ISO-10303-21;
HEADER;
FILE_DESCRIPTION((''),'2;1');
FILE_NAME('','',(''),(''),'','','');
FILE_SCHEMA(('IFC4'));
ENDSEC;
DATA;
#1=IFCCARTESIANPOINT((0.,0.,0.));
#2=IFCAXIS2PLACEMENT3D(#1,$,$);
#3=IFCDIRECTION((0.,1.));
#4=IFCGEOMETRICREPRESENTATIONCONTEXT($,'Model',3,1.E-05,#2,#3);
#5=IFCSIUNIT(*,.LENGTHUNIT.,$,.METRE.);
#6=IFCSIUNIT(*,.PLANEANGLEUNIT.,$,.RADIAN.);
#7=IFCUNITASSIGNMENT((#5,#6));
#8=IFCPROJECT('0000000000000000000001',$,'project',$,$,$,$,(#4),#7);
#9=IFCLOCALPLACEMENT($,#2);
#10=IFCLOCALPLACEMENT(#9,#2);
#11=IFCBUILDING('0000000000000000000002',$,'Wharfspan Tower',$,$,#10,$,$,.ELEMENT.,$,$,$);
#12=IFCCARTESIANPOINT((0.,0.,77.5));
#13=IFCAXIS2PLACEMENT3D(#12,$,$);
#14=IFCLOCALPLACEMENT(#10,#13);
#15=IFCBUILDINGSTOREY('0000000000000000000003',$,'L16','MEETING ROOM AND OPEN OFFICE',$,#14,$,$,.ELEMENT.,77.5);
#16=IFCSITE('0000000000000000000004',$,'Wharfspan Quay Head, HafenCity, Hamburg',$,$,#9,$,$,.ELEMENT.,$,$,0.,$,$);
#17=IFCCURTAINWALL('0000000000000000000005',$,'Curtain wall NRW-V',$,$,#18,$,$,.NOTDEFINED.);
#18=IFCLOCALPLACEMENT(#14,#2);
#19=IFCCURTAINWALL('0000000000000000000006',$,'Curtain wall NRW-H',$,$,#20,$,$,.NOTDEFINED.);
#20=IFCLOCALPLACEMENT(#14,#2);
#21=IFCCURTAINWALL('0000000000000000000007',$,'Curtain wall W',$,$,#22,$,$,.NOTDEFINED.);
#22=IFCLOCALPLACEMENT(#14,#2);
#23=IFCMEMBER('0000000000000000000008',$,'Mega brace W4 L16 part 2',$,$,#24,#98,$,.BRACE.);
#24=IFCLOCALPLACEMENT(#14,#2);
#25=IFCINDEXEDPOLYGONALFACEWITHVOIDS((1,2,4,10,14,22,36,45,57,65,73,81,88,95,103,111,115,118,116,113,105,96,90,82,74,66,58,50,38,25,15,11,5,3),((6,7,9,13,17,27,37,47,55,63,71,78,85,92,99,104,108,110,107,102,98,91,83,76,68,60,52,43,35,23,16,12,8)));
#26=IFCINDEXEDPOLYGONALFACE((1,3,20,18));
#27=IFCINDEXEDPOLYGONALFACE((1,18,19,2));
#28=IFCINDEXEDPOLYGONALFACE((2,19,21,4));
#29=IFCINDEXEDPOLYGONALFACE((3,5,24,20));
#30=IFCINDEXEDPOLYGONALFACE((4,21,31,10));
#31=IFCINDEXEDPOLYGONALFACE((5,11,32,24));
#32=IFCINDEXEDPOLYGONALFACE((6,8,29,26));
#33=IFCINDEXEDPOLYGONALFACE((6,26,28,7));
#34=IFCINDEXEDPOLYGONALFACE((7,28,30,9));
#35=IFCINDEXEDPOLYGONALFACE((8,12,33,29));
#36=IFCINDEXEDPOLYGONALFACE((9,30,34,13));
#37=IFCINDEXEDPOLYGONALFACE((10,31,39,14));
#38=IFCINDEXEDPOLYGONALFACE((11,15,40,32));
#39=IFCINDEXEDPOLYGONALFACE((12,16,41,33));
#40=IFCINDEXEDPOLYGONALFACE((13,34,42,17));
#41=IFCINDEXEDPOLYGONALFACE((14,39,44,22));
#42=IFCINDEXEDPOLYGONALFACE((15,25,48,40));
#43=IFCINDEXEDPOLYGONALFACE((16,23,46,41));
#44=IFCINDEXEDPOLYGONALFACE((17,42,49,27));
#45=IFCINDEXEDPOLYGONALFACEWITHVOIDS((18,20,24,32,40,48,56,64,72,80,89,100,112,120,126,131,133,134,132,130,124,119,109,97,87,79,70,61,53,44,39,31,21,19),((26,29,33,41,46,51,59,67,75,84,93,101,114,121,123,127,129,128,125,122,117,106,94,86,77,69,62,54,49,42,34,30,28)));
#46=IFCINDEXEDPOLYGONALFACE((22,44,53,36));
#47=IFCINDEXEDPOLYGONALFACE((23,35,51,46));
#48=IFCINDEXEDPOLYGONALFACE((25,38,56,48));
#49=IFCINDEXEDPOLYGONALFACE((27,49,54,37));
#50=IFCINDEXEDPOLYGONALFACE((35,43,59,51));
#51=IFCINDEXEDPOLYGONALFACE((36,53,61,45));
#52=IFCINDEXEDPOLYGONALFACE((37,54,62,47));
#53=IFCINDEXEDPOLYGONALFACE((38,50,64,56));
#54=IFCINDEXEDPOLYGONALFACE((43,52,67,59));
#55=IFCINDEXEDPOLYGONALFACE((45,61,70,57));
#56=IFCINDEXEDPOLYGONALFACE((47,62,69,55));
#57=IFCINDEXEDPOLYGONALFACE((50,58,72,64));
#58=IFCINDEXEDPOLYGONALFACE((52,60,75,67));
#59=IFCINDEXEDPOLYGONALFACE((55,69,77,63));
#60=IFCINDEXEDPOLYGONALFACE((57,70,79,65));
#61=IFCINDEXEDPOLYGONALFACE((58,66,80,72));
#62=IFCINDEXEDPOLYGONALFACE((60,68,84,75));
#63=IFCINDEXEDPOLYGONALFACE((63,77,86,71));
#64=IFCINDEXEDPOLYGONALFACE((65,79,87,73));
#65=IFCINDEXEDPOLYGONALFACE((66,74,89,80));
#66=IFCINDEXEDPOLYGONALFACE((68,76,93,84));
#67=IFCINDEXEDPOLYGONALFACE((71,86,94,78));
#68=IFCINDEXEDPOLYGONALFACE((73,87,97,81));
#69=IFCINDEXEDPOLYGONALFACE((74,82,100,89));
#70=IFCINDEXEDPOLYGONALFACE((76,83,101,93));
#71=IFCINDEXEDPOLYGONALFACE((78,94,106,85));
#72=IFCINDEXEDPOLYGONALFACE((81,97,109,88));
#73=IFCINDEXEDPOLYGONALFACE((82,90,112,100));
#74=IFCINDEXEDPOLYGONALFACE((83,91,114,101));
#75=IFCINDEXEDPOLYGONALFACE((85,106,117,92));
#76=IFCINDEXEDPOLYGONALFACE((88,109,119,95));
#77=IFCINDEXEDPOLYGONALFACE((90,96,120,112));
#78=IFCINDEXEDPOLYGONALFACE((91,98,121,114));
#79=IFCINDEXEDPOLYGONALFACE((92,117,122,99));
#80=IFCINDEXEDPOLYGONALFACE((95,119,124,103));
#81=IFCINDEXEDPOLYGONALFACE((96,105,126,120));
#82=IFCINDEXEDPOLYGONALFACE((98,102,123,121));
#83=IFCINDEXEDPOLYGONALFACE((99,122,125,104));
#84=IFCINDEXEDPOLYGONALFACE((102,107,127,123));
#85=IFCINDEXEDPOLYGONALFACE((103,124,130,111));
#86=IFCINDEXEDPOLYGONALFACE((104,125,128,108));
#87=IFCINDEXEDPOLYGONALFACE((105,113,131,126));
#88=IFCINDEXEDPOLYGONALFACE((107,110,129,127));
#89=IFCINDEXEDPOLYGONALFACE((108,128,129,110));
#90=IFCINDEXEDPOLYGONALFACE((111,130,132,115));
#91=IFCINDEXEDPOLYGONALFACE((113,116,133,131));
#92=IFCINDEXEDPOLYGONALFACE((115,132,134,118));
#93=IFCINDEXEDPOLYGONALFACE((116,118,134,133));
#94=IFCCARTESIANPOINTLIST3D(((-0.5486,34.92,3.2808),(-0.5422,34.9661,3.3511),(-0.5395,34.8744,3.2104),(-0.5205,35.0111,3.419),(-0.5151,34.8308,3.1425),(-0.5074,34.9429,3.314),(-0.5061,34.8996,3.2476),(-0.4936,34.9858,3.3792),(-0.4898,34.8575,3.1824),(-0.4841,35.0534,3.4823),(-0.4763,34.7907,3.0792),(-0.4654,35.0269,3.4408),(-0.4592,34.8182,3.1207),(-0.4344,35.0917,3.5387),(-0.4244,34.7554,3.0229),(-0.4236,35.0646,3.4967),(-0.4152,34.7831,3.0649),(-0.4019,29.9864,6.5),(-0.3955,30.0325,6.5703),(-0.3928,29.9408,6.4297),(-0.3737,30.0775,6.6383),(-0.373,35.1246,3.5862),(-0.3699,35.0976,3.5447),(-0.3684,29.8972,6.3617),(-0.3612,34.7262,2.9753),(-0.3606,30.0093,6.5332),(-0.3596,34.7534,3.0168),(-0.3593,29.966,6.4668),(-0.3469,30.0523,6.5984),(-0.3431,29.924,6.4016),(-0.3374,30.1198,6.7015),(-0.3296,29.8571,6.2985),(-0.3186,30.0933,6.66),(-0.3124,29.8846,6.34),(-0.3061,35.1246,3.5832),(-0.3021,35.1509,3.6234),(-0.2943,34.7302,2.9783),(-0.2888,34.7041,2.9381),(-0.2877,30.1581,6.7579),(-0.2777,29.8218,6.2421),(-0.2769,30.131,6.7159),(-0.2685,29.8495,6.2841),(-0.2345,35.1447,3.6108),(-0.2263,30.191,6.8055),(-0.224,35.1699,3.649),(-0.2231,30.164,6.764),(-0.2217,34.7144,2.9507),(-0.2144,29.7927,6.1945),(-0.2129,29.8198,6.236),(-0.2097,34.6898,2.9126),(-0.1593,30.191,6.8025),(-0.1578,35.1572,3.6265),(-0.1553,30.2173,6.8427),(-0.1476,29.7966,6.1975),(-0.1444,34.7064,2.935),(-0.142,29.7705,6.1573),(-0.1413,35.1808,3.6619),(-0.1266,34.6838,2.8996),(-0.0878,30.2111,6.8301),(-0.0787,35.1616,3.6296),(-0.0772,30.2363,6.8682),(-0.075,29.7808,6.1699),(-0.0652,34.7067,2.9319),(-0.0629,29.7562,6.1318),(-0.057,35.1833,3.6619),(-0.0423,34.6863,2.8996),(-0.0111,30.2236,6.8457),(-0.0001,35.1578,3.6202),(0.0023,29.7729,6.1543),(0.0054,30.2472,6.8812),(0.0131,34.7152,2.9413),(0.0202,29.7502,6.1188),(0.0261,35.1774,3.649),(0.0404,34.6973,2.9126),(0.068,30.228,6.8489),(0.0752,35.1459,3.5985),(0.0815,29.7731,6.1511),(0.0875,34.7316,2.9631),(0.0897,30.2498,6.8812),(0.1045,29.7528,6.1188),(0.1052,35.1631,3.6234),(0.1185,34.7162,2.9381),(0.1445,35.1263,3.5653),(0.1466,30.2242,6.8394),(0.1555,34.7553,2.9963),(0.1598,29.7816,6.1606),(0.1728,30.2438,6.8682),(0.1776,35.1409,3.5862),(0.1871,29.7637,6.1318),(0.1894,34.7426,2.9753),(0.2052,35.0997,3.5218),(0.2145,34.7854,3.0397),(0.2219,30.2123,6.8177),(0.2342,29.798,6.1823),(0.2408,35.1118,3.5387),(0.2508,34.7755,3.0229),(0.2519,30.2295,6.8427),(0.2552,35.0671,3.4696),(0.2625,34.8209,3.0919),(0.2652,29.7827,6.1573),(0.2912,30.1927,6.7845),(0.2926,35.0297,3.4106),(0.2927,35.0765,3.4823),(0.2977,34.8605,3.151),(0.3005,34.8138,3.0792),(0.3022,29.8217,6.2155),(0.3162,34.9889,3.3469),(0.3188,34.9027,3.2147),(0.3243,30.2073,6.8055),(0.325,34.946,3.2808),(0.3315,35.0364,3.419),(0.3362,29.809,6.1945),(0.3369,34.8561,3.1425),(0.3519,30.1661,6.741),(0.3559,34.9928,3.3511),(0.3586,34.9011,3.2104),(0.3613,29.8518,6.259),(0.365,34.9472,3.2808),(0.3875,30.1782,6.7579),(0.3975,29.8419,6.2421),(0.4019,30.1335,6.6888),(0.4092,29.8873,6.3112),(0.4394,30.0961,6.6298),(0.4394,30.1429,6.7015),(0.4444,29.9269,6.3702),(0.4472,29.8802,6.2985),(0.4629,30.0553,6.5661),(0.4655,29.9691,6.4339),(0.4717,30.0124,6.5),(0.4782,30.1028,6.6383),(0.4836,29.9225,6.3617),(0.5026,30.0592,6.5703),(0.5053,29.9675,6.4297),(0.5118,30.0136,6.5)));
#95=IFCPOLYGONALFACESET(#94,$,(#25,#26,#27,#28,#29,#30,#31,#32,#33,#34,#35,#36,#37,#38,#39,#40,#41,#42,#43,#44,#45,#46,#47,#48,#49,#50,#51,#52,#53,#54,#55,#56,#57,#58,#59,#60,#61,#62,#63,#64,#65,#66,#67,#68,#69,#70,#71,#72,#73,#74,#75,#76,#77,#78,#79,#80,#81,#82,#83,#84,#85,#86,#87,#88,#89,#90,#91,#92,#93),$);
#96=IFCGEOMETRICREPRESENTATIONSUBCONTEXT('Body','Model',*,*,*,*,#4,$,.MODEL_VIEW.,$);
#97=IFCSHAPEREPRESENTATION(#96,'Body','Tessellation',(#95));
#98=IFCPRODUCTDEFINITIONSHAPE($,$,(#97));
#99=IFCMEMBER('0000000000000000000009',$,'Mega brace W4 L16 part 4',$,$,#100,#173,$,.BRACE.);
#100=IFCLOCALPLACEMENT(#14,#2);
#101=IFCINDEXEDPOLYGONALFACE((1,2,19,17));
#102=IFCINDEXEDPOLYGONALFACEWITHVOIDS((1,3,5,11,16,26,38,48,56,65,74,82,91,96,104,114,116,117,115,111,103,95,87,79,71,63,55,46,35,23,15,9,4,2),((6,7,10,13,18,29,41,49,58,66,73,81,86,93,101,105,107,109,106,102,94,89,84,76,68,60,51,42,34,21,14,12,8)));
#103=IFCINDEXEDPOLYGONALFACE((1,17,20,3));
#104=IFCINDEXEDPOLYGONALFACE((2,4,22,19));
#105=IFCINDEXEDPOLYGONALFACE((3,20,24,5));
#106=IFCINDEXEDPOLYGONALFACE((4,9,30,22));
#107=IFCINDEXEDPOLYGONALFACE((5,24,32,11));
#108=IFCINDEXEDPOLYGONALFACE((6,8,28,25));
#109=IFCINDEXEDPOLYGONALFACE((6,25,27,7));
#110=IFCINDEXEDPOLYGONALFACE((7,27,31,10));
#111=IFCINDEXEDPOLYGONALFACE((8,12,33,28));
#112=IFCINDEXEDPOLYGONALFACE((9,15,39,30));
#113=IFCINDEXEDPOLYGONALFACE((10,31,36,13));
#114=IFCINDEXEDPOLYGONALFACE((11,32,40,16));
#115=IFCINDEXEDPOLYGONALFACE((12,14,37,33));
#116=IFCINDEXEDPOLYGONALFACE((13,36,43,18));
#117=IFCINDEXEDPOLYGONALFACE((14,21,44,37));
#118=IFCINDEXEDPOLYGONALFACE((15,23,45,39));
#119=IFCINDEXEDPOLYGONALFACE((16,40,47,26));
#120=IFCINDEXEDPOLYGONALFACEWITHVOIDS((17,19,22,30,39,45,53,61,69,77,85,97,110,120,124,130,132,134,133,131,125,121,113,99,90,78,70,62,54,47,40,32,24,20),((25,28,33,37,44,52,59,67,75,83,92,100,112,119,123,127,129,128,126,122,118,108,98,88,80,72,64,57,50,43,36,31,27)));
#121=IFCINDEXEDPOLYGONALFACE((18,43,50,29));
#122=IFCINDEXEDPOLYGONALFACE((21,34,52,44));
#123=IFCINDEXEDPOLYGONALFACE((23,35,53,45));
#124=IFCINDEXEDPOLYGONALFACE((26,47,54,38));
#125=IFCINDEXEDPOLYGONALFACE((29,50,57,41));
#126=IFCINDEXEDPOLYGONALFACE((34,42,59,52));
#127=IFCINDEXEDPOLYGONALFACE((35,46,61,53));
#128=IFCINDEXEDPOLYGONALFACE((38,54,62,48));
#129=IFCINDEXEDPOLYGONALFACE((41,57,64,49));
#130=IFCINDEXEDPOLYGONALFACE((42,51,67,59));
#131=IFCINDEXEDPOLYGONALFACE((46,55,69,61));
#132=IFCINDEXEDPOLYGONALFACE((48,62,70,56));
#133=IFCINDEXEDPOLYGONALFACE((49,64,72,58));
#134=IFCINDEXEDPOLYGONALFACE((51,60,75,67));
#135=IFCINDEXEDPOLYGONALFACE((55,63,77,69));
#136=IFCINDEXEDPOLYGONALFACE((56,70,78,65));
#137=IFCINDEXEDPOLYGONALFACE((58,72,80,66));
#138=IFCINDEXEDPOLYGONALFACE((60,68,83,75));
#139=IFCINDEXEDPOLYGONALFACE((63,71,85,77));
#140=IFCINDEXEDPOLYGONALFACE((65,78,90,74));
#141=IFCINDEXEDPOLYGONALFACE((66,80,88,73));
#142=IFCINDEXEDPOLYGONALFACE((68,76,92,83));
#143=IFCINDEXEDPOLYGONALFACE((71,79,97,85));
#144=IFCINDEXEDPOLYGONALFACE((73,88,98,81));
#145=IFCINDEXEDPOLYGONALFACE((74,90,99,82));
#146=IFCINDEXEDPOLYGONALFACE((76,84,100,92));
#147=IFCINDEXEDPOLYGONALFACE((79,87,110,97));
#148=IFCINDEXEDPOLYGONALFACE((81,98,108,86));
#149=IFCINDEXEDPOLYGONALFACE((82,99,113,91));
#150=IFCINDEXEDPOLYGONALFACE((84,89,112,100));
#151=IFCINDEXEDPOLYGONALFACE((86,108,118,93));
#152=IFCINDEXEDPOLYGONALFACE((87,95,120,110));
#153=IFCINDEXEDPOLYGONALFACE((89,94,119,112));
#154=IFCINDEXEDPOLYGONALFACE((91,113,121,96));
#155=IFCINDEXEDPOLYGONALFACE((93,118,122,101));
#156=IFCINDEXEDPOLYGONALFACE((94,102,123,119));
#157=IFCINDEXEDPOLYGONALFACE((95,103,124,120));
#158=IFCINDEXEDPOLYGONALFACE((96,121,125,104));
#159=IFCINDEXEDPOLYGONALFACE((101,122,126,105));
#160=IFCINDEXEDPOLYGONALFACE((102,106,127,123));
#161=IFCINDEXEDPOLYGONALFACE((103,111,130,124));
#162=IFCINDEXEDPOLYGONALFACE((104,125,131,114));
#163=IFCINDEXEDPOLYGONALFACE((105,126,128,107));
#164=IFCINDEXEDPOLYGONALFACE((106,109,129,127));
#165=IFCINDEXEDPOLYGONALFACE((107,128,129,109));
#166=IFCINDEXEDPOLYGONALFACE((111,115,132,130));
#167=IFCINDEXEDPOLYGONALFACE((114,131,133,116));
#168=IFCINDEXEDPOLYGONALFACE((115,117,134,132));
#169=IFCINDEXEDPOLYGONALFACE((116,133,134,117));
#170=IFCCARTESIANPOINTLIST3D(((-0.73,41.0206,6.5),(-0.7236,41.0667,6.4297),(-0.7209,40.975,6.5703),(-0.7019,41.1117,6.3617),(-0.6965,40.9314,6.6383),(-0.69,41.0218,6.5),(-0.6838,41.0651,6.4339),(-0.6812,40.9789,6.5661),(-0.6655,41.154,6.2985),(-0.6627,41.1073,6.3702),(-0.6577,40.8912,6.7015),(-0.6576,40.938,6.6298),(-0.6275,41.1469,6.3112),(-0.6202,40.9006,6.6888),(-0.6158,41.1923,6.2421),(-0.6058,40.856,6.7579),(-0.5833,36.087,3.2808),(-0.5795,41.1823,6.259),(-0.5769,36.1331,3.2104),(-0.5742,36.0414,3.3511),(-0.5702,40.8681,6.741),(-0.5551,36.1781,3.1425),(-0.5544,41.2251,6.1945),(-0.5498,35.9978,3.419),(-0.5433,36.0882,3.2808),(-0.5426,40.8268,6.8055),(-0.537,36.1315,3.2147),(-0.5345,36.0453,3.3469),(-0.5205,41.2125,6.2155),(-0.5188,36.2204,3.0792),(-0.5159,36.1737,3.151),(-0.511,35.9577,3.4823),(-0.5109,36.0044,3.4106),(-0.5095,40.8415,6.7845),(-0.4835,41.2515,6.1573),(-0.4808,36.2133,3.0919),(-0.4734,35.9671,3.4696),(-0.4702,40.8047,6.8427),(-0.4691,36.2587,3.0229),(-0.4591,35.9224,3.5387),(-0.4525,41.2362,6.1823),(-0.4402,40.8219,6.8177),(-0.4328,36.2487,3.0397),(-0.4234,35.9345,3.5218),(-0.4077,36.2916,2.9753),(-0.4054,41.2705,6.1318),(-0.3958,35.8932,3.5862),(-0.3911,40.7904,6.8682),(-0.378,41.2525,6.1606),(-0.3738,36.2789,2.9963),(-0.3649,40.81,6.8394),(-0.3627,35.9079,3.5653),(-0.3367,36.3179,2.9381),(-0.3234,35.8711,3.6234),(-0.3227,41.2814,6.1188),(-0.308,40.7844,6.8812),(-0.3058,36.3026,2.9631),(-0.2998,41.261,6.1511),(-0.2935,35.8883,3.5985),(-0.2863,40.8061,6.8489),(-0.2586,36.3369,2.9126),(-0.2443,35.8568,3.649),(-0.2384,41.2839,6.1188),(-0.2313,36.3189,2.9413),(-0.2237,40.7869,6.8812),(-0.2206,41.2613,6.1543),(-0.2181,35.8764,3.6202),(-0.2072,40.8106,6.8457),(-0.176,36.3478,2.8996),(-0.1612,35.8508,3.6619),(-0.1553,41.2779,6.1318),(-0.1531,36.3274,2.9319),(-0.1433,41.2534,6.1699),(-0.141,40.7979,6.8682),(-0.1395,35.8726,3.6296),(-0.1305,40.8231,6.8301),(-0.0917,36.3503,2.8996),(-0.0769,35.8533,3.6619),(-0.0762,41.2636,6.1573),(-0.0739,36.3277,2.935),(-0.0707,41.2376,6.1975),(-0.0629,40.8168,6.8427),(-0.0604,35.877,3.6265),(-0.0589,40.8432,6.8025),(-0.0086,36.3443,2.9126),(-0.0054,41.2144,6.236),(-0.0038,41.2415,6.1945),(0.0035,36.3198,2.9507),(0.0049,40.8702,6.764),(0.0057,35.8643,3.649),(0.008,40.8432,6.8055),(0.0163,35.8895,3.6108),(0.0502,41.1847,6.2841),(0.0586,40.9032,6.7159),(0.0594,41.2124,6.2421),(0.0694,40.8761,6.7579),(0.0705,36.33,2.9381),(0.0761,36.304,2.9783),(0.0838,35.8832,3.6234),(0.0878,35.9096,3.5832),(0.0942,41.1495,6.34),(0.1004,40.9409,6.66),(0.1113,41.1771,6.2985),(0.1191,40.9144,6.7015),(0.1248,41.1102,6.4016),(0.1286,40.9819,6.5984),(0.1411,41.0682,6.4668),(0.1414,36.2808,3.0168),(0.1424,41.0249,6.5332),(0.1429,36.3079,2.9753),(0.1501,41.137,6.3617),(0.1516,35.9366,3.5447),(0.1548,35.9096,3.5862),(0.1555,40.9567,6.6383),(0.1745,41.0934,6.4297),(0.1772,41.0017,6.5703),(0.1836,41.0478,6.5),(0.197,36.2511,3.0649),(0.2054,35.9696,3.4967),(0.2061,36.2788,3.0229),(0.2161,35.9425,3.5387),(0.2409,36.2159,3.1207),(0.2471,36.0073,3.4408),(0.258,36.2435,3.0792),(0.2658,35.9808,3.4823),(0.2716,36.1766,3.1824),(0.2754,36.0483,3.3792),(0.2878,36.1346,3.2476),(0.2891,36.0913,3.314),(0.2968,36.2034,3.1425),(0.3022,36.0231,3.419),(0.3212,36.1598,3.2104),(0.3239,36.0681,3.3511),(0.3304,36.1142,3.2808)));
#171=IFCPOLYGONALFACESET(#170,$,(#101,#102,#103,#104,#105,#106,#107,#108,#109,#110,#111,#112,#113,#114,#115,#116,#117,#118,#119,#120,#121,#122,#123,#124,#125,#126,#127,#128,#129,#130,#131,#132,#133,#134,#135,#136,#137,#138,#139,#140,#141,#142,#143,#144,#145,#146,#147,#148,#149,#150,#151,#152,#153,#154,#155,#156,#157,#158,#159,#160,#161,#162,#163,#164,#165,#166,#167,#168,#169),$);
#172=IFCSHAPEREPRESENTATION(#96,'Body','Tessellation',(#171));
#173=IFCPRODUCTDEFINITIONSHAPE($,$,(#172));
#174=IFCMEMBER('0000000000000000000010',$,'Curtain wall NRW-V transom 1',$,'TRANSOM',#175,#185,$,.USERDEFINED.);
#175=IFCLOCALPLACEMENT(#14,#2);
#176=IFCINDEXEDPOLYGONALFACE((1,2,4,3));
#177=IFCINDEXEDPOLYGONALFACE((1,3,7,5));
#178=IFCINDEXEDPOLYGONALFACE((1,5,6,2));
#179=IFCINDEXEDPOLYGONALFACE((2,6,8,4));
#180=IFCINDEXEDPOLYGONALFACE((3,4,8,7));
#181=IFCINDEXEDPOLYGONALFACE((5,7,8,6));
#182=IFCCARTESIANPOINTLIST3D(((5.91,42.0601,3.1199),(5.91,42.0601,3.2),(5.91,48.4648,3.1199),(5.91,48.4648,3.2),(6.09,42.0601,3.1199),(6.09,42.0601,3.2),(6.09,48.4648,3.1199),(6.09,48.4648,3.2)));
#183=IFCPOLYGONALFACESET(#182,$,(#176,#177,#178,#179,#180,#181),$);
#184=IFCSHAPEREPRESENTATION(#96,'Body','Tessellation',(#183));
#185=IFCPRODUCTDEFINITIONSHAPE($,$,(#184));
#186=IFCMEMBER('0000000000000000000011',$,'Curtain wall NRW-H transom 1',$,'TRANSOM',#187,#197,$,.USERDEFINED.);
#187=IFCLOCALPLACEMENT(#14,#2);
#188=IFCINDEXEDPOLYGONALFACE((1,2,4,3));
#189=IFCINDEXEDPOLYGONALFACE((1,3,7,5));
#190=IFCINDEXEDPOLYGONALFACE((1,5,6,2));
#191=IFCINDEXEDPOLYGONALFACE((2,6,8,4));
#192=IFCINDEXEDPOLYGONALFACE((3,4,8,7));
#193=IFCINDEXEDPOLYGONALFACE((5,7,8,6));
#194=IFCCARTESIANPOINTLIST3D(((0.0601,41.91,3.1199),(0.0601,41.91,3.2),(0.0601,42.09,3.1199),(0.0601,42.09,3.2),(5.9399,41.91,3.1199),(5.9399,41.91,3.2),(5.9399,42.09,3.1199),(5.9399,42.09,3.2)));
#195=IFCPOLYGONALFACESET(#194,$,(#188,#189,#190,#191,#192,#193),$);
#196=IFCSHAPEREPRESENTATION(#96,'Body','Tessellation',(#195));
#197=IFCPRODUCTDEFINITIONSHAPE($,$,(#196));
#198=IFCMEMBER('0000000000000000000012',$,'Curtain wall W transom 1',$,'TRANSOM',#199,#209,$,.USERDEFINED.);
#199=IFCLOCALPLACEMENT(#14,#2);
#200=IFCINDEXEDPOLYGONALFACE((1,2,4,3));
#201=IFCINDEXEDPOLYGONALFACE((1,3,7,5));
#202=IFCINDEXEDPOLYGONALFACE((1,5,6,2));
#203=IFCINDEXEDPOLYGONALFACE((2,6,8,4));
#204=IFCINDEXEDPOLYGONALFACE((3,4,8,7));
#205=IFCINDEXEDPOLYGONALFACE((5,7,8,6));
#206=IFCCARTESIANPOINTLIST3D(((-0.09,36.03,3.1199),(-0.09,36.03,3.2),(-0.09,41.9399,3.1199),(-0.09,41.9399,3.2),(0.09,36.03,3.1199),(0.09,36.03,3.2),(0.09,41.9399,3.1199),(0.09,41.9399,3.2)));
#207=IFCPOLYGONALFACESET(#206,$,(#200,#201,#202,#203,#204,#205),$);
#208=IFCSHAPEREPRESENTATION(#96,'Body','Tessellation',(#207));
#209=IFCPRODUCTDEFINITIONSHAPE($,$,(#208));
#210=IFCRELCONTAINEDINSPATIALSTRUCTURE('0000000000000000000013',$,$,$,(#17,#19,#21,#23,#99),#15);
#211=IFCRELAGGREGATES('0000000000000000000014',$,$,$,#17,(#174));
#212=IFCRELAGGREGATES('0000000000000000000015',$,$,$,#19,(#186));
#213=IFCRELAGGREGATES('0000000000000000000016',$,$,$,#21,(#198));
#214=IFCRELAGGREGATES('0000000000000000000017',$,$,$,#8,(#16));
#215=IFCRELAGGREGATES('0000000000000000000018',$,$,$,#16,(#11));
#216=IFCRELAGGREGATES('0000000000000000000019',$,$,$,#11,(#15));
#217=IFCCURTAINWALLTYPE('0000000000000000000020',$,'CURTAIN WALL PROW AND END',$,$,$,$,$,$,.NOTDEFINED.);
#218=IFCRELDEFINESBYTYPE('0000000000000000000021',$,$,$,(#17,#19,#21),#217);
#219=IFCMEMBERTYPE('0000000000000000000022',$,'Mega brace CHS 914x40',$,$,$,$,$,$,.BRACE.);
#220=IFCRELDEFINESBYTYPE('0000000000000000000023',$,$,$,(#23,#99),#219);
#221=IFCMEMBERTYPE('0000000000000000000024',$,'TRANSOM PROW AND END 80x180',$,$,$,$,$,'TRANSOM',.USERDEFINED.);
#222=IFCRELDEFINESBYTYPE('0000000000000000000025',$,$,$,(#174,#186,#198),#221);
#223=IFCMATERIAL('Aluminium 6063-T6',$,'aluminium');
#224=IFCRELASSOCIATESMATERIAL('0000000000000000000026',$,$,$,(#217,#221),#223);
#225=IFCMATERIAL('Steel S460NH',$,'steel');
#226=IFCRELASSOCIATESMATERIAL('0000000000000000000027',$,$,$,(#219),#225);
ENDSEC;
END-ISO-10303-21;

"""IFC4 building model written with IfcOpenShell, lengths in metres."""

from ifc_helpers import new_model, si_unit, direction, frame, origin, origin_2d, place, context, subcontext, project, spatial, rectangle, hollow_circle, extrude, material, material_profile, profile_set, type_object, element, aggregate, save


model = new_model("IFC4")

# Units and contexts
model_context = context("Model", 3, precision=1e-05, world=origin(), true_north=direction((0.0, 1.0)))
body_context = subcontext(model_context, "Body", "Model", "MODEL_VIEW")
ifc_project = project(units=[si_unit("LENGTHUNIT", "METRE"), si_unit("PLANEANGLEUNIT", "RADIAN")], contexts=[model_context])

# Site, building, storey
site_placement = place(None, origin())
site = spatial("IfcSite", under=ifc_project, at=site_placement, Name="Wharfspan Quay Head, HafenCity, Hamburg", CompositionType="ELEMENT", RefElevation=0.0)
building_placement = place(site_placement, origin())
building = spatial("IfcBuilding", under=site, at=building_placement, Name="Wharfspan Tower", CompositionType="ELEMENT")
storey_placement = place(building_placement, frame((0.0, 0.0, 77.5)))
storey = spatial("IfcBuildingStorey", under=building, at=storey_placement, Name="L16", Description="MEETING ROOM AND OPEN OFFICE", CompositionType="ELEMENT", Elevation=77.5)

# Curtain walls
ifc_material_1 = material(Name="Aluminium 6063-T6", Category="aluminium")
curtain_wall_type = type_object("IfcCurtainWallType", Name="CURTAIN WALL PROW AND END", PredefinedType="NOTDEFINED", material=ifc_material_1)
curtain_wall_1_placement = place(storey_placement, origin())
curtain_wall_1 = element("IfcCurtainWall", 1, at=curtain_wall_1_placement, inside=storey, type_object=curtain_wall_type, Name="Curtain wall NRW-V", PredefinedType="NOTDEFINED")
curtain_wall_2_placement = place(storey_placement, origin())
curtain_wall_2 = element("IfcCurtainWall", 2, at=curtain_wall_2_placement, inside=storey, type_object=curtain_wall_type, Name="Curtain wall NRW-H", PredefinedType="NOTDEFINED")
curtain_wall_3_placement = place(storey_placement, origin())
curtain_wall_3 = element("IfcCurtainWall", 3, at=curtain_wall_3_placement, inside=storey, type_object=curtain_wall_type, Name="Curtain wall W", PredefinedType="NOTDEFINED")

# Members
ifc_material_2 = material(Name="Steel S460NH", Category="steel")
ifc_material_profile_1 = material_profile(ifc_material_2, hollow_circle(Radius=0.457, WallThickness=0.04, at=origin_2d()))
ifc_profile_set_1 = profile_set([ifc_material_profile_1], Name="Steel S460NH")
member_type_1 = type_object("IfcMemberType", Name="Mega brace CHS 914x40", PredefinedType="BRACE", material=ifc_profile_set_1)
for number, where, z_axis, x_axis, name in (
    (4, (-0.0918, 34.9336, 3.2808), (0.0249, -0.837221, 0.546298), (0.999556, 0.02973, 0.000003), "Mega brace W4 L16 part 2"),
    (5, (-0.1265, 36.1006, 3.2808), (-0.0249, 0.837221, 0.546298), (-0.999556, -0.02973, 0.000003), "Mega brace W4 L16 part 4"),
):
    element("IfcMember", number, at=place(storey_placement, frame(where, z_axis=z_axis, x_axis=x_axis)), inside=storey, type_object=member_type_1, Name=name, PredefinedType="BRACE", context=body_context, shape_type="SweptSolid", body=[
        extrude(hollow_circle(Radius=0.457, WallThickness=0.04, at=origin_2d()), origin(), (0.0, 0.0, 1.0), 5.8928),
    ])

# Members
ifc_material_profile_2 = material_profile(ifc_material_1, rectangle(XDim=0.1799, YDim=0.0801, at=origin_2d()))
ifc_profile_set_2 = profile_set([ifc_material_profile_2], Name="Aluminium 6063-T6")
member_type_2 = type_object("IfcMemberType", Name="TRANSOM PROW AND END 80x180", ElementType="TRANSOM", PredefinedType="USERDEFINED", material=ifc_profile_set_2)
member_1_placement = place(storey_placement, frame((6.0, 48.4648, 3.1599), z_axis=(0.0, -1.0, 0.0), x_axis=(1.0, 0.0, 0.0)))
member_1 = element("IfcMember", 6, at=member_1_placement, type_object=member_type_2, Name="Curtain wall NRW-V transom 1", ObjectType="TRANSOM", PredefinedType="USERDEFINED", context=body_context, shape_type="SweptSolid", body=[
    extrude(rectangle(XDim=0.1799, YDim=0.0801, at=origin_2d()), origin(), (0.0, 0.0, 1.0), 6.4048),
])
member_2_placement = place(storey_placement, frame((5.9399, 42.0, 3.1599), z_axis=(-1.0, 0.0, 0.0), x_axis=(0.0, -1.0, 0.0)))
member_2 = element("IfcMember", 7, at=member_2_placement, type_object=member_type_2, Name="Curtain wall NRW-H transom 1", ObjectType="TRANSOM", PredefinedType="USERDEFINED", context=body_context, shape_type="SweptSolid", body=[
    extrude(rectangle(XDim=0.1799, YDim=0.0801, at=origin_2d()), origin(), (0.0, 0.0, 1.0), 5.8799),
])
member_3_placement = place(storey_placement, frame((0.0, 41.9399, 3.1599), z_axis=(0.0, -1.0, 0.0), x_axis=(1.0, 0.0, 0.0)))
member_3 = element("IfcMember", 8, at=member_3_placement, type_object=member_type_2, Name="Curtain wall W transom 1", ObjectType="TRANSOM", PredefinedType="USERDEFINED", context=body_context, shape_type="SweptSolid", body=[
    extrude(rectangle(XDim=0.1799, YDim=0.0801, at=origin_2d()), origin(), (0.0, 0.0, 1.0), 5.9099),
])

aggregate(curtain_wall_1, [member_1])
aggregate(curtain_wall_2, [member_2])
aggregate(curtain_wall_3, [member_3])

save(model, "model.ifc")
